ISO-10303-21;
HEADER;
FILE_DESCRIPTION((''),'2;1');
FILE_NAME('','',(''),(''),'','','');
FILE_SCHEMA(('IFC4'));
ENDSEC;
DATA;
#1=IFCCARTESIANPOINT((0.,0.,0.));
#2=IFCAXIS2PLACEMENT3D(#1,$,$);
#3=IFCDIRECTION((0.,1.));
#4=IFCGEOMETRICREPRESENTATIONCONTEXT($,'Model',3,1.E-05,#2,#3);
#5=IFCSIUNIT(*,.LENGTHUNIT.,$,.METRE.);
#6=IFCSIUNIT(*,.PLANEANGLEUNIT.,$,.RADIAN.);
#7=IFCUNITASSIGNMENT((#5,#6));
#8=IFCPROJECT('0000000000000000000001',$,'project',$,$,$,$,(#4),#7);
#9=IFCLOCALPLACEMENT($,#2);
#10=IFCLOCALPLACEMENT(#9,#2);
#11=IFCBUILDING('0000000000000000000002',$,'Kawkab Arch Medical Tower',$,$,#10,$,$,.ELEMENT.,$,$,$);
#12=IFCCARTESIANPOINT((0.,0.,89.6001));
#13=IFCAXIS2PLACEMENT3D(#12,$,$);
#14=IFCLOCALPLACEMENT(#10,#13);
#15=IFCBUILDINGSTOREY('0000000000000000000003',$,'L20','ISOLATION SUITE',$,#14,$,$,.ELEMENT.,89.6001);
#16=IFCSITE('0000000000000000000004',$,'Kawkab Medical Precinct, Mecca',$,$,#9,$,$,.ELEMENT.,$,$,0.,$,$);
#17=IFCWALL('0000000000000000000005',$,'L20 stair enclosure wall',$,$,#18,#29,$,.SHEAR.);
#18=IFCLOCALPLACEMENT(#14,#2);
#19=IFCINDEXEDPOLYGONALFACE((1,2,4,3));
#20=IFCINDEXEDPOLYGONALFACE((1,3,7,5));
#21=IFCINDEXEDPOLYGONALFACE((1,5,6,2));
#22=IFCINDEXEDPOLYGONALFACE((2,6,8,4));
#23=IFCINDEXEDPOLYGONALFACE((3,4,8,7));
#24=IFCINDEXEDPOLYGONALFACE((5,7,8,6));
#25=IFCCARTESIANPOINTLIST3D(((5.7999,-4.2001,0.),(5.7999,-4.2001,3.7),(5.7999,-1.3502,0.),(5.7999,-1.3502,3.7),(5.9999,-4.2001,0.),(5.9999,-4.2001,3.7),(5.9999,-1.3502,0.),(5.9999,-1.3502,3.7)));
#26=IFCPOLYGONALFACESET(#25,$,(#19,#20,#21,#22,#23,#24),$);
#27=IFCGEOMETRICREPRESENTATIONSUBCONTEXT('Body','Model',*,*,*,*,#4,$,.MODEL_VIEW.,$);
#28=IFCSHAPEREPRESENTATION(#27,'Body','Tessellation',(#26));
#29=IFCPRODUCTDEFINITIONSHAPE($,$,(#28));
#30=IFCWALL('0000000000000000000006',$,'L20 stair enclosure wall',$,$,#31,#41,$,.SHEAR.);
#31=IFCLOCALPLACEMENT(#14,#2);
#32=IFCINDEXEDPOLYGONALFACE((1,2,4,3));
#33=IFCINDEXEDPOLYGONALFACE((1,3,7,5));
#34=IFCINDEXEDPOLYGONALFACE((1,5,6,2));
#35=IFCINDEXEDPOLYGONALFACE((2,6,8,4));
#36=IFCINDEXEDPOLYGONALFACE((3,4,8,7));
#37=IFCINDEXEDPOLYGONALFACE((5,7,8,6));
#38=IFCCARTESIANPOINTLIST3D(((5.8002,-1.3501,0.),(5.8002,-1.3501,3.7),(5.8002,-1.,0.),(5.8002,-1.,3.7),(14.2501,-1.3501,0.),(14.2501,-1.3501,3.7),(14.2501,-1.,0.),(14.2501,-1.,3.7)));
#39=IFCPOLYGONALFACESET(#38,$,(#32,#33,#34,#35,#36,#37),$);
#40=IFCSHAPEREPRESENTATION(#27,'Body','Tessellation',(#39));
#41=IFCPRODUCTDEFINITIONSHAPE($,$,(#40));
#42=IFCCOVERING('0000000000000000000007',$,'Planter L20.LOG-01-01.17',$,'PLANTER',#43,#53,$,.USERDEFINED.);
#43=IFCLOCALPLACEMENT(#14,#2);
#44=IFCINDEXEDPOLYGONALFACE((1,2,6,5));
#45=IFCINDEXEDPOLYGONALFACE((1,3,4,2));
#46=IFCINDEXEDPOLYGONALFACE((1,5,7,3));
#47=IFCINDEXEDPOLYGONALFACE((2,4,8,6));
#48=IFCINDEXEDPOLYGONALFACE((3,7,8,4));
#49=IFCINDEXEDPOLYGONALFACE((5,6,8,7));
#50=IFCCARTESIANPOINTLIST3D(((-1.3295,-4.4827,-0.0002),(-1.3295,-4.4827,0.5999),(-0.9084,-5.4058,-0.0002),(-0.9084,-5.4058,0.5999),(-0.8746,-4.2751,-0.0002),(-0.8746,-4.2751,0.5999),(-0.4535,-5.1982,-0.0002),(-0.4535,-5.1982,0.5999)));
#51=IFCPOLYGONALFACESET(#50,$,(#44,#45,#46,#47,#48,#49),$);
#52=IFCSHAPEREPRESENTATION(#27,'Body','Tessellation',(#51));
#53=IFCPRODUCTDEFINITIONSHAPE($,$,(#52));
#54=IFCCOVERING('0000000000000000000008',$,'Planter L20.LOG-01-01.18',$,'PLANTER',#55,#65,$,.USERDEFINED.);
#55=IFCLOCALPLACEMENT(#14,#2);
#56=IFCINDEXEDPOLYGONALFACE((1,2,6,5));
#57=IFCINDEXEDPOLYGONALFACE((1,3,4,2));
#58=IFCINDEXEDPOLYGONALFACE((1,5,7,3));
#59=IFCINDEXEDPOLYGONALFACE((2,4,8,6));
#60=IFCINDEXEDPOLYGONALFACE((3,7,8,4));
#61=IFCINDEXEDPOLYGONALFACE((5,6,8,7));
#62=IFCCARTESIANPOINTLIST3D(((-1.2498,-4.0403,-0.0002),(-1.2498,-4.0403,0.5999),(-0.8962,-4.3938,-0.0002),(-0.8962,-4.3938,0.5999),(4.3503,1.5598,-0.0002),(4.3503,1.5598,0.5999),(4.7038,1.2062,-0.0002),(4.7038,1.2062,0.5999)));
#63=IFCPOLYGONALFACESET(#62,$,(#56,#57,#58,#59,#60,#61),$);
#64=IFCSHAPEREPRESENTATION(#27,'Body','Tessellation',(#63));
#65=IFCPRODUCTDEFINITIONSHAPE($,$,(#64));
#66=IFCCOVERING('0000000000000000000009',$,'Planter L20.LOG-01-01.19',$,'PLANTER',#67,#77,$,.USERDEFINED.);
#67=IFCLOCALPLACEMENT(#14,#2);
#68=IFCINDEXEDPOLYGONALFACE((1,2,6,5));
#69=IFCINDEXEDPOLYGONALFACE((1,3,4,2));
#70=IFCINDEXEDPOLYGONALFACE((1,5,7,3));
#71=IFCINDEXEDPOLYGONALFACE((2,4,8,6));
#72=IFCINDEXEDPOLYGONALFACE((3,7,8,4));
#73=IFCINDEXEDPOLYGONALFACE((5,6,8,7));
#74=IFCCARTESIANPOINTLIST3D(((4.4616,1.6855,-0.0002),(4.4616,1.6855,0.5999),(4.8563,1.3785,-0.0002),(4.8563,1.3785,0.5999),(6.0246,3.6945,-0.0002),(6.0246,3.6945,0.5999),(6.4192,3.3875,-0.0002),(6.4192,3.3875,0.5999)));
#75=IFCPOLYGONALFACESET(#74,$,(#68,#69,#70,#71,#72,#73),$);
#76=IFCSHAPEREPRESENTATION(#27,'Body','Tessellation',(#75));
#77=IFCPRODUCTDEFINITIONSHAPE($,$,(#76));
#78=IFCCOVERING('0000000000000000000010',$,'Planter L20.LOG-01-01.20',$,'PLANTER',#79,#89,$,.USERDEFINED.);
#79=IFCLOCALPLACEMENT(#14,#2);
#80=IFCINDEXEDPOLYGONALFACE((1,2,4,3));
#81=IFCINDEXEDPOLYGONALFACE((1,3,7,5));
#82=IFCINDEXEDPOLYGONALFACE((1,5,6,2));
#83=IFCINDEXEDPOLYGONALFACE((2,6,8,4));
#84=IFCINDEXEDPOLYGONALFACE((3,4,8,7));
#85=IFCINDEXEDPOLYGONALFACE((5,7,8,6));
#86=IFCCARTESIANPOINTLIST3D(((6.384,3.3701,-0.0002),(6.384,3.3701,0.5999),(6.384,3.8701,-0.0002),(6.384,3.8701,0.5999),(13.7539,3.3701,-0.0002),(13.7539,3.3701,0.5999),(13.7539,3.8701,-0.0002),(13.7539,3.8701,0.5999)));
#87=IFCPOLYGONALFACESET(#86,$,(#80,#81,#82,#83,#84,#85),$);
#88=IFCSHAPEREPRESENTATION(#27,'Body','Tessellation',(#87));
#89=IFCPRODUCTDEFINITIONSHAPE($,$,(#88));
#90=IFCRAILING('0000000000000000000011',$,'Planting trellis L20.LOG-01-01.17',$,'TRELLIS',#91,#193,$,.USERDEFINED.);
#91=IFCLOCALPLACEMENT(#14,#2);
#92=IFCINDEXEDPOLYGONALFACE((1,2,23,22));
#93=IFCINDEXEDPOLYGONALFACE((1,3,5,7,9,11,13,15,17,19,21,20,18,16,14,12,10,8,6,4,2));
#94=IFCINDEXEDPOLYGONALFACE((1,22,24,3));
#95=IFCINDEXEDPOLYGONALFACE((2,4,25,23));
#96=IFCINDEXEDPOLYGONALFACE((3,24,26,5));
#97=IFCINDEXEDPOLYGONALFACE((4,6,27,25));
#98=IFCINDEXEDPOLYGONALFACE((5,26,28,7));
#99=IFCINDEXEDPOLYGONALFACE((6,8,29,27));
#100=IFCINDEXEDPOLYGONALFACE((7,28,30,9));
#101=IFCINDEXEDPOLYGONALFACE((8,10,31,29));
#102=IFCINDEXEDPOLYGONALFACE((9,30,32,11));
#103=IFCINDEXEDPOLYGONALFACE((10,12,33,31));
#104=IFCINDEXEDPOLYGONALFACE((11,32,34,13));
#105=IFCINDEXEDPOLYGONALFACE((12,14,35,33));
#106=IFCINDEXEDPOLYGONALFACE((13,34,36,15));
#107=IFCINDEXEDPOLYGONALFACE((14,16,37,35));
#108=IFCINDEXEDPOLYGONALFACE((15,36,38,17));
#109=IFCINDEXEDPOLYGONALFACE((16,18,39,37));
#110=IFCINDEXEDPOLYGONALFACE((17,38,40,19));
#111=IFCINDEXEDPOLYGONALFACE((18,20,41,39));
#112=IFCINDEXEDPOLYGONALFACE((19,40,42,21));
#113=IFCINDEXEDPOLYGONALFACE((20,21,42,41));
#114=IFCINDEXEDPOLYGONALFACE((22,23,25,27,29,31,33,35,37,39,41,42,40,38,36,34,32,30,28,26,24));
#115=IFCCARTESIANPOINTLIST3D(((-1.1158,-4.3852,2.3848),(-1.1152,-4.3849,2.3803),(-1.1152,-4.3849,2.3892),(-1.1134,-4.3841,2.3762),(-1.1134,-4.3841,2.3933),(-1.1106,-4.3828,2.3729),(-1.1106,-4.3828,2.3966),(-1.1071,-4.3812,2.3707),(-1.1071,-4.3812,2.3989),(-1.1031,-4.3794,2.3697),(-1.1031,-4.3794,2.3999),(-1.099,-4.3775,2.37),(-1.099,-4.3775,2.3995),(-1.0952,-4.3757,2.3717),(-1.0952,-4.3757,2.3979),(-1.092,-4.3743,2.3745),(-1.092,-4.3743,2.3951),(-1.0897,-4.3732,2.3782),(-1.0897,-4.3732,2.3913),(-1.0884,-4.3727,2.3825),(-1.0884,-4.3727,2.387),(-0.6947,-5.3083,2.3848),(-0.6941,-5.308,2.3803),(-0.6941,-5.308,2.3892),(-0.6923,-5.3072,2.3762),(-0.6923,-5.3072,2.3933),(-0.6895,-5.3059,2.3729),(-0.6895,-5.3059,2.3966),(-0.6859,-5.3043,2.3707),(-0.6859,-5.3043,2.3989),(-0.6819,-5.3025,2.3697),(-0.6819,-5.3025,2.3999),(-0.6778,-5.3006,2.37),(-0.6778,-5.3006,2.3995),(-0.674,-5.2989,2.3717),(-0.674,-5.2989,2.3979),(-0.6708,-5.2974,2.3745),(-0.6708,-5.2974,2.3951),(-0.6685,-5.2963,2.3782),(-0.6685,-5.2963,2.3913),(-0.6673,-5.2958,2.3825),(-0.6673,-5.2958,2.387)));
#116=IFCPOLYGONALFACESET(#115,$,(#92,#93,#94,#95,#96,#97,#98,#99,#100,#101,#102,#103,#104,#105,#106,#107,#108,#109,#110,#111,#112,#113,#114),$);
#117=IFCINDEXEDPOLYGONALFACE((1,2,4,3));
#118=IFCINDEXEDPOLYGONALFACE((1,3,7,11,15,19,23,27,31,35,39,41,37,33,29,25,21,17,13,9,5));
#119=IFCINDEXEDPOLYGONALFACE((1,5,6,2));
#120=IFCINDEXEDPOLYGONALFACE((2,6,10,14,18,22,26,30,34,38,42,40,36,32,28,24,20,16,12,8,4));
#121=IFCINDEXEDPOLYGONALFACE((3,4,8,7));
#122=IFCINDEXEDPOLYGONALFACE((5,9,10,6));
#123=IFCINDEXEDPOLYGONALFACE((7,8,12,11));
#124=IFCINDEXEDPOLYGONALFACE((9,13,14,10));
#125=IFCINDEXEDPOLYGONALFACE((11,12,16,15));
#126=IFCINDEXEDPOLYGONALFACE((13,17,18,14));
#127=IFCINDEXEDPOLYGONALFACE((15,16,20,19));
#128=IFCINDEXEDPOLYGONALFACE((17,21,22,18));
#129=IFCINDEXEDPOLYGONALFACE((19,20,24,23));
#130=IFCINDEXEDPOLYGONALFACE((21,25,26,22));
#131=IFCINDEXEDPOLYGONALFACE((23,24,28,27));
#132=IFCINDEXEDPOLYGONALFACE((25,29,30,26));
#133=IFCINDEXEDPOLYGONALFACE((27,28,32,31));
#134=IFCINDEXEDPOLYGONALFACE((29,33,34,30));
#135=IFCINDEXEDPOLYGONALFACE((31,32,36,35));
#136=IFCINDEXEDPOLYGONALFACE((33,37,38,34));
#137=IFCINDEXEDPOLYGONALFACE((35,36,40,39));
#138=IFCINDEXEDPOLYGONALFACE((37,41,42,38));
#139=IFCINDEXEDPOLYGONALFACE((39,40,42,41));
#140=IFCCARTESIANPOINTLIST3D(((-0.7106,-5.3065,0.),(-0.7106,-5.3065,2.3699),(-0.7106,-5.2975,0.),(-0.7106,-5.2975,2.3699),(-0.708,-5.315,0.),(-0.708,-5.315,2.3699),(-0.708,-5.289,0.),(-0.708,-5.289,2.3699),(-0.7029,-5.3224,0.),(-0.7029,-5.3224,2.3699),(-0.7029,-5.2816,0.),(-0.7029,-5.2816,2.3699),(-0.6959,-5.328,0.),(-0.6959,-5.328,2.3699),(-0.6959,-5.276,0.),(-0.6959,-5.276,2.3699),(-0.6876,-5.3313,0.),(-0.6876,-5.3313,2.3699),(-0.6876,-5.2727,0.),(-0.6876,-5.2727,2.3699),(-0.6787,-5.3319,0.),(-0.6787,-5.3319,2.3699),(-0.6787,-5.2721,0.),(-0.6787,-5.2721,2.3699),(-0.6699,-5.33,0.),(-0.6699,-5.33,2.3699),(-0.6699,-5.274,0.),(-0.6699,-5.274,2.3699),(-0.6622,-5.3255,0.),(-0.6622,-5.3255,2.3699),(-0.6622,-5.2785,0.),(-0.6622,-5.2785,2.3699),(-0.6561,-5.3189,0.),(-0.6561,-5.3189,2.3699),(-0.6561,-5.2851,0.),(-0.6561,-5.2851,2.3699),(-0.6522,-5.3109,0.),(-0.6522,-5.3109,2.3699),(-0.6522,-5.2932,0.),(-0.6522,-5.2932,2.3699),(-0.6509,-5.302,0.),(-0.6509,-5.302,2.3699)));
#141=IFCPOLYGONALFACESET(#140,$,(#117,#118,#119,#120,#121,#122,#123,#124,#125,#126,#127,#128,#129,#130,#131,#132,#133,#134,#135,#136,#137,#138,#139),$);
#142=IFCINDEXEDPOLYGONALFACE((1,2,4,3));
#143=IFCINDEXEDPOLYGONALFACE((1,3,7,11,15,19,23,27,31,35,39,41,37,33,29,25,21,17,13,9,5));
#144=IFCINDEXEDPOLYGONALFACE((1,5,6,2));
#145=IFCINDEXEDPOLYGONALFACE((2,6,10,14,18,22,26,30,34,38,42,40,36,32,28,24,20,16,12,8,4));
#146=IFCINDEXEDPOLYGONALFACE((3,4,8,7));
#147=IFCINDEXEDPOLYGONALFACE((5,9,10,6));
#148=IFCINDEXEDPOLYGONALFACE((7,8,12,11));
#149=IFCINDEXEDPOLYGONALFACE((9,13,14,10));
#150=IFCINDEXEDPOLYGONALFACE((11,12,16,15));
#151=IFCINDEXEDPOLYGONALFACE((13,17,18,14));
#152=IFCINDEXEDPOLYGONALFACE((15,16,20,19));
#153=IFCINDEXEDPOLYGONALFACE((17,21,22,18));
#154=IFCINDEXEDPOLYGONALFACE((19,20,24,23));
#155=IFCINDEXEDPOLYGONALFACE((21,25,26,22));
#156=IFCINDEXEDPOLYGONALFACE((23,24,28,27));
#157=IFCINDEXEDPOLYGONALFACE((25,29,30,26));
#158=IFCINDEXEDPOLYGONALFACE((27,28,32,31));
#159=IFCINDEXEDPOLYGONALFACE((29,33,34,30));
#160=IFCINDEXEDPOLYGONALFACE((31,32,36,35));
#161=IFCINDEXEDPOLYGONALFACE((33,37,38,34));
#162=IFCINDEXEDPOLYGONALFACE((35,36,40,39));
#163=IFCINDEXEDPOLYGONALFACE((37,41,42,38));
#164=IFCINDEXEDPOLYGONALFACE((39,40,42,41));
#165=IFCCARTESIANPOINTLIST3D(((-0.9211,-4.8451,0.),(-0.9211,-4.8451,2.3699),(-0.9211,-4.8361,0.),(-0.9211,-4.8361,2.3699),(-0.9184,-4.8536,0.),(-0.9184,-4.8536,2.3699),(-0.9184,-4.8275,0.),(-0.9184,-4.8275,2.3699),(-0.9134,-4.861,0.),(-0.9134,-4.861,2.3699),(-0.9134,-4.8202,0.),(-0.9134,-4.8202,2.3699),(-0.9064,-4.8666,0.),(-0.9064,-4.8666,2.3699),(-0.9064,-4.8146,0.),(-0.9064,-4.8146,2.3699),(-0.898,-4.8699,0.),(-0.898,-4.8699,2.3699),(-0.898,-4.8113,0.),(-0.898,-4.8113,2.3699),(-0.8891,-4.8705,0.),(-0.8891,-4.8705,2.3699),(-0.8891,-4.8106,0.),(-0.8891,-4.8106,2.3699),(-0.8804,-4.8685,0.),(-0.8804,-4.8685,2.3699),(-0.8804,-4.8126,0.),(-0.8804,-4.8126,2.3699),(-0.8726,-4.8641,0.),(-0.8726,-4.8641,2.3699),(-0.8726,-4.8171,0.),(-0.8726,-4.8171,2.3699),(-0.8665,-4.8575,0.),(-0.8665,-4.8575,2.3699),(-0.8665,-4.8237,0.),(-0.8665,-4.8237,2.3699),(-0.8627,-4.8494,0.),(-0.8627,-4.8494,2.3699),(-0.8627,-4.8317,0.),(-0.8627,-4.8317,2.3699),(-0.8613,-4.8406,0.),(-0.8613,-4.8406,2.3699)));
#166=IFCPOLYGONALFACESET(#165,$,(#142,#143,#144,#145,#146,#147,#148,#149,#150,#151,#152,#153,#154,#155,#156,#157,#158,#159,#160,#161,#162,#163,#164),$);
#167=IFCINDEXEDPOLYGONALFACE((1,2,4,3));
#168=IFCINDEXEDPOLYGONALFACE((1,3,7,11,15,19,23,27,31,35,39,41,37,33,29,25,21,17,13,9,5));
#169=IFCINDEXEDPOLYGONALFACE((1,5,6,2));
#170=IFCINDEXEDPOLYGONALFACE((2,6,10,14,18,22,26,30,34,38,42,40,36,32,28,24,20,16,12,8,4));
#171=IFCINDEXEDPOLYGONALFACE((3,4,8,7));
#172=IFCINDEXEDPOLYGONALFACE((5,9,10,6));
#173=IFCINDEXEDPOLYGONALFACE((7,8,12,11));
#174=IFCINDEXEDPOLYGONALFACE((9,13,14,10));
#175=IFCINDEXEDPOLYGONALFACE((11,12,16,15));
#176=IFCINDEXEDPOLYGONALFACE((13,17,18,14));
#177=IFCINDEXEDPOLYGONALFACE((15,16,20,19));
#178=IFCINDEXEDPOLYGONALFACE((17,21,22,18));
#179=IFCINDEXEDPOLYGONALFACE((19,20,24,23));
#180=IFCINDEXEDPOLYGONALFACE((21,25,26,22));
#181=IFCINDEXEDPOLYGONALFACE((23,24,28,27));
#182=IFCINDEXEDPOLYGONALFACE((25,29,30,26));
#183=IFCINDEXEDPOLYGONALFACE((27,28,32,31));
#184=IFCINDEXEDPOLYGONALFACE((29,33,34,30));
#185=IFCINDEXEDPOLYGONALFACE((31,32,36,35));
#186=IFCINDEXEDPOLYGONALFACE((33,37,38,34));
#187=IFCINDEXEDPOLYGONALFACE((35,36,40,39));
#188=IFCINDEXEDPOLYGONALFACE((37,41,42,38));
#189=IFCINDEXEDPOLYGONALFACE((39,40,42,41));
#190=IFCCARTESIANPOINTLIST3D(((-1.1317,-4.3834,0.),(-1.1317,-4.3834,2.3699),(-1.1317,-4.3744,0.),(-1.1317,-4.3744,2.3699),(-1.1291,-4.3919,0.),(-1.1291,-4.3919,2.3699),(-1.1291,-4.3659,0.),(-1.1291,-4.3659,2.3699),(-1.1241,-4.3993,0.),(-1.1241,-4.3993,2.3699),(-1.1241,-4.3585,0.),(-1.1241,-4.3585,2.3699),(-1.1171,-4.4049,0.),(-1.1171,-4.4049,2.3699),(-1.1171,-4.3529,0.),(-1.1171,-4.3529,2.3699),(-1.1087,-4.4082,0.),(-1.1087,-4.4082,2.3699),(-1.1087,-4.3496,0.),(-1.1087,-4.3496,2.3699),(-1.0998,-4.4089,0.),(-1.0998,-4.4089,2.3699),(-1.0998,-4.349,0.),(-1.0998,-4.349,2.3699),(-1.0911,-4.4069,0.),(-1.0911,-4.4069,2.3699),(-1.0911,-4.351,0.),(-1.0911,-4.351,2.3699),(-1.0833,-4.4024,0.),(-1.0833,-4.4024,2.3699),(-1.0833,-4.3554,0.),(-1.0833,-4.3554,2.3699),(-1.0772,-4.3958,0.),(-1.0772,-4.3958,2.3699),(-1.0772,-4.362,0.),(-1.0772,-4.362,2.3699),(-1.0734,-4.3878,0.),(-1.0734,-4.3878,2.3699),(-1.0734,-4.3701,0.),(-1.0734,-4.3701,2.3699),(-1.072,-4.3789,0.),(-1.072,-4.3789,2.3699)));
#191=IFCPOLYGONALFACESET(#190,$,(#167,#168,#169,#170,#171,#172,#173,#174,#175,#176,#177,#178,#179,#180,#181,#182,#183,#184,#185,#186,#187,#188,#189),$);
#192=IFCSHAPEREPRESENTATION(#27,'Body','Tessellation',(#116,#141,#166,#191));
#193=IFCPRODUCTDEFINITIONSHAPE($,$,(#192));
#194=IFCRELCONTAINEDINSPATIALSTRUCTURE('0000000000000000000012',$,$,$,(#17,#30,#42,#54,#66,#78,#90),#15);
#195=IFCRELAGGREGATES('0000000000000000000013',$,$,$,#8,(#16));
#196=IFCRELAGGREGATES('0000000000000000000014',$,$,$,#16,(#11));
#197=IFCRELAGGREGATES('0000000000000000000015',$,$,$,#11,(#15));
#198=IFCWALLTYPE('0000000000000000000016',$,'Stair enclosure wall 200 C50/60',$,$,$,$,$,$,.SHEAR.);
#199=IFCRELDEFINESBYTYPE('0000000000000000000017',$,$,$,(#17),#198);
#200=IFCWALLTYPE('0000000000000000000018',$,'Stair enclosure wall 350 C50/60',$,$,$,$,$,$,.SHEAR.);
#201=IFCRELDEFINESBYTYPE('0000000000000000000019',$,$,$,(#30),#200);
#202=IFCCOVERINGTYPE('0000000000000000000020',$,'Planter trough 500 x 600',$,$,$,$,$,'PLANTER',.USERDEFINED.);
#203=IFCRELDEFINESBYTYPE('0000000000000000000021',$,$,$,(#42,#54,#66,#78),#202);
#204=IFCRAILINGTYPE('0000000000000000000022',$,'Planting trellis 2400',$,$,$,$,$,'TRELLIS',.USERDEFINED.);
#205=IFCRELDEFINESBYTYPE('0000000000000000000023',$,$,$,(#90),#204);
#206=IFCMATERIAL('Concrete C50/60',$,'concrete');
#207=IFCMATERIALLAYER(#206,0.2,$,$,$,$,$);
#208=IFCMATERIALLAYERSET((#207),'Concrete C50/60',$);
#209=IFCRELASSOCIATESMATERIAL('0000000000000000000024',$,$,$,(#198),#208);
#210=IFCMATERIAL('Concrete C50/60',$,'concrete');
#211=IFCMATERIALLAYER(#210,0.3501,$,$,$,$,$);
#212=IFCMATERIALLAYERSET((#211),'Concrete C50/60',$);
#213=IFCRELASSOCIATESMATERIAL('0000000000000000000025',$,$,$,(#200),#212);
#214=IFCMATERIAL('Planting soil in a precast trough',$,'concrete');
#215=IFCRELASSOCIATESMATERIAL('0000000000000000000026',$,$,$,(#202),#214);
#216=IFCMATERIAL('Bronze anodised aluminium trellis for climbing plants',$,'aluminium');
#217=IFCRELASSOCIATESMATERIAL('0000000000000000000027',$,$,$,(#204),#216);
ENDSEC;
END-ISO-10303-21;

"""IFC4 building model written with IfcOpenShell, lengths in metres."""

from ifc_helpers import new_model, si_unit, direction, frame, frame_2d, origin, origin_2d, place, context, subcontext, project, spatial, rectangle, circle, extrude, material, layer, layer_set, material_profile, profile_set, type_object, element, save


model = new_model("IFC4")

# Units and contexts
model_context = context("Model", 3, precision=1e-05, world=origin(), true_north=direction((0.0, 1.0)))
body_context = subcontext(model_context, "Body", "Model", "MODEL_VIEW")
ifc_project = project(units=[si_unit("LENGTHUNIT", "METRE"), si_unit("PLANEANGLEUNIT", "RADIAN")], contexts=[model_context])

# Site, building, storey
site_placement = place(None, origin())
site = spatial("IfcSite", under=ifc_project, at=site_placement, Name="Kawkab Medical Precinct, Mecca", CompositionType="ELEMENT", RefElevation=0.0)
building_placement = place(site_placement, origin())
building = spatial("IfcBuilding", under=site, at=building_placement, Name="Kawkab Arch Medical Tower", CompositionType="ELEMENT")
storey_placement = place(building_placement, frame((0.0, 0.0, 89.6001)))
storey = spatial("IfcBuildingStorey", under=building, at=storey_placement, Name="L20", Description="ISOLATION SUITE", CompositionType="ELEMENT", Elevation=89.6001)

# Walls
ifc_material_1 = material(Name="Concrete C50/60", Category="concrete")
ifc_layer_1 = layer(ifc_material_1, 0.2)
ifc_layer_set_1 = layer_set([ifc_layer_1], Name="Concrete C50/60")
wall_type_1 = type_object("IfcWallType", Name="Stair enclosure wall 200 C50/60", PredefinedType="SHEAR", material=ifc_layer_set_1)
for number, where, z_axis, x_axis, name in (
    (1, (5.8999, -4.2, 0.0), (0.0, 0.0, 1.0), (0.0, 1.0, 0.0), "L20 stair enclosure wall"),
):
    element("IfcWall", number, at=place(storey_placement, frame(where, z_axis=z_axis, x_axis=x_axis)), inside=storey, type_object=wall_type_1, Name=name, PredefinedType="SHEAR", context=body_context, shape_type="SweptSolid", body=[
        extrude(rectangle(XDim=2.8499, YDim=0.2, at=frame_2d((1.4248, 0.0))), origin(), (0.0, 0.0, 1.0), 3.7),
    ])
ifc_material_2 = material(Name="Concrete C50/60", Category="concrete")
ifc_layer_2 = layer(ifc_material_2, 0.3501)
ifc_layer_set_2 = layer_set([ifc_layer_2], Name="Concrete C50/60")
wall_type_2 = type_object("IfcWallType", Name="Stair enclosure wall 350 C50/60", PredefinedType="SHEAR", material=ifc_layer_set_2)
wall_1_placement = place(storey_placement, frame((5.8, -1.175, 0.0), z_axis=(0.0, 0.0, 1.0), x_axis=(1.0, 0.0, 0.0)))
element("IfcWall", 2, at=wall_1_placement, inside=storey, type_object=wall_type_2, Name="L20 stair enclosure wall", PredefinedType="SHEAR", context=body_context, shape_type="SweptSolid", body=[
    extrude(rectangle(XDim=8.45, YDim=0.3501, at=frame_2d((4.2251, 0.0))), origin(), (0.0, 0.0, 1.0), 3.7),
])

# Coverings
ifc_material_3 = material(Name="Planting soil in a precast trough", Category="concrete")
ifc_material_profile_1 = material_profile(ifc_material_3, rectangle(XDim=0.5, YDim=0.6001, at=origin_2d()), Name="Trough 500x600")
ifc_profile_set_1 = profile_set([ifc_material_profile_1], Name="Planting soil in a precast trough")
covering_type = type_object("IfcCoveringType", Name="Planter trough 500 x 600", ElementType="PLANTER", PredefinedType="USERDEFINED", material=ifc_profile_set_1)
covering_1_placement = place(storey_placement, frame((-0.6809, -5.302, 0.2998), z_axis=(-0.415072, 0.909789, 0.0), x_axis=(-0.909789, -0.415072, 0.0)))
element("IfcCovering", 3, at=covering_1_placement, inside=storey, type_object=covering_type, Name="Planter L20.LOG-01-01.17", ObjectType="PLANTER", PredefinedType="USERDEFINED", context=body_context, shape_type="SweptSolid", body=[
    extrude(rectangle(XDim=0.5, YDim=0.6001, at=origin_2d()), origin(), (0.0, 0.0, 1.0), 1.0146),
])
covering_2_placement = place(storey_placement, frame((-1.073, -4.217, 0.2998), z_axis=(0.707107, 0.707107, 0.0), x_axis=(-0.707107, 0.707107, 0.0)))
element("IfcCovering", 4, at=covering_2_placement, inside=storey, type_object=covering_type, Name="Planter L20.LOG-01-01.18", ObjectType="PLANTER", PredefinedType="USERDEFINED", context=body_context, shape_type="SweptSolid", body=[
    extrude(rectangle(XDim=0.5, YDim=0.6001, at=origin_2d()), origin(), (0.0, 0.0, 1.0), 7.9197),
])
covering_3_placement = place(storey_placement, frame((4.6589, 1.532, 0.2998), z_axis=(0.61404, 0.789275, 0.0), x_axis=(-0.789275, 0.61404, 0.0)))
element("IfcCovering", 5, at=covering_3_placement, inside=storey, type_object=covering_type, Name="Planter L20.LOG-01-01.19", ObjectType="PLANTER", PredefinedType="USERDEFINED", context=body_context, shape_type="SweptSolid", body=[
    extrude(rectangle(XDim=0.5, YDim=0.6001, at=origin_2d()), origin(), (0.0, 0.0, 1.0), 2.5454),
])
covering_4_placement = place(storey_placement, frame((6.384, 3.6201, 0.2998), z_axis=(1.0, 0.0, 0.0), x_axis=(0.0, 1.0, 0.0)))
element("IfcCovering", 6, at=covering_4_placement, inside=storey, type_object=covering_type, Name="Planter L20.LOG-01-01.20", ObjectType="PLANTER", PredefinedType="USERDEFINED", context=body_context, shape_type="SweptSolid", body=[
    extrude(rectangle(XDim=0.5, YDim=0.6001, at=origin_2d()), origin(), (0.0, 0.0, 1.0), 7.3699),
])

# Railing
ifc_material_4 = material(Name="Bronze anodised aluminium trellis for climbing plants", Category="aluminium")
railing_type = type_object("IfcRailingType", Name="Planting trellis 2400", ElementType="TRELLIS", PredefinedType="USERDEFINED", material=ifc_material_4)
railing_1_placement = place(storey_placement, frame((-0.6809, -5.302, 0.0)))
element("IfcRailing", 7, at=railing_1_placement, inside=storey, type_object=railing_type, Name="Planting trellis L20.LOG-01-01.17", ObjectType="TRELLIS", PredefinedType="USERDEFINED", context=body_context, shape_type="SweptSolid", body=[
    extrude(circle(Radius=0.0151, at=origin_2d()), frame((0.0, 0.0, 2.3848), z_axis=(-0.415072, 0.909789, 0.0), x_axis=(-0.909789, -0.415072, 0.0)), (0.0, 0.0, 1.0), 1.0146),
    extrude(circle(Radius=0.03, at=origin_2d()), origin(), (0.0, 0.0, 1.0), 2.3699),
    extrude(circle(Radius=0.03, at=origin_2d()), frame((-0.2104, 0.4614, 0.0)), (0.0, 0.0, 1.0), 2.3699),
    extrude(circle(Radius=0.03, at=origin_2d()), frame((-0.4211, 0.9231, 0.0)), (0.0, 0.0, 1.0), 2.3699),
])

save(model, "model.ifc")
